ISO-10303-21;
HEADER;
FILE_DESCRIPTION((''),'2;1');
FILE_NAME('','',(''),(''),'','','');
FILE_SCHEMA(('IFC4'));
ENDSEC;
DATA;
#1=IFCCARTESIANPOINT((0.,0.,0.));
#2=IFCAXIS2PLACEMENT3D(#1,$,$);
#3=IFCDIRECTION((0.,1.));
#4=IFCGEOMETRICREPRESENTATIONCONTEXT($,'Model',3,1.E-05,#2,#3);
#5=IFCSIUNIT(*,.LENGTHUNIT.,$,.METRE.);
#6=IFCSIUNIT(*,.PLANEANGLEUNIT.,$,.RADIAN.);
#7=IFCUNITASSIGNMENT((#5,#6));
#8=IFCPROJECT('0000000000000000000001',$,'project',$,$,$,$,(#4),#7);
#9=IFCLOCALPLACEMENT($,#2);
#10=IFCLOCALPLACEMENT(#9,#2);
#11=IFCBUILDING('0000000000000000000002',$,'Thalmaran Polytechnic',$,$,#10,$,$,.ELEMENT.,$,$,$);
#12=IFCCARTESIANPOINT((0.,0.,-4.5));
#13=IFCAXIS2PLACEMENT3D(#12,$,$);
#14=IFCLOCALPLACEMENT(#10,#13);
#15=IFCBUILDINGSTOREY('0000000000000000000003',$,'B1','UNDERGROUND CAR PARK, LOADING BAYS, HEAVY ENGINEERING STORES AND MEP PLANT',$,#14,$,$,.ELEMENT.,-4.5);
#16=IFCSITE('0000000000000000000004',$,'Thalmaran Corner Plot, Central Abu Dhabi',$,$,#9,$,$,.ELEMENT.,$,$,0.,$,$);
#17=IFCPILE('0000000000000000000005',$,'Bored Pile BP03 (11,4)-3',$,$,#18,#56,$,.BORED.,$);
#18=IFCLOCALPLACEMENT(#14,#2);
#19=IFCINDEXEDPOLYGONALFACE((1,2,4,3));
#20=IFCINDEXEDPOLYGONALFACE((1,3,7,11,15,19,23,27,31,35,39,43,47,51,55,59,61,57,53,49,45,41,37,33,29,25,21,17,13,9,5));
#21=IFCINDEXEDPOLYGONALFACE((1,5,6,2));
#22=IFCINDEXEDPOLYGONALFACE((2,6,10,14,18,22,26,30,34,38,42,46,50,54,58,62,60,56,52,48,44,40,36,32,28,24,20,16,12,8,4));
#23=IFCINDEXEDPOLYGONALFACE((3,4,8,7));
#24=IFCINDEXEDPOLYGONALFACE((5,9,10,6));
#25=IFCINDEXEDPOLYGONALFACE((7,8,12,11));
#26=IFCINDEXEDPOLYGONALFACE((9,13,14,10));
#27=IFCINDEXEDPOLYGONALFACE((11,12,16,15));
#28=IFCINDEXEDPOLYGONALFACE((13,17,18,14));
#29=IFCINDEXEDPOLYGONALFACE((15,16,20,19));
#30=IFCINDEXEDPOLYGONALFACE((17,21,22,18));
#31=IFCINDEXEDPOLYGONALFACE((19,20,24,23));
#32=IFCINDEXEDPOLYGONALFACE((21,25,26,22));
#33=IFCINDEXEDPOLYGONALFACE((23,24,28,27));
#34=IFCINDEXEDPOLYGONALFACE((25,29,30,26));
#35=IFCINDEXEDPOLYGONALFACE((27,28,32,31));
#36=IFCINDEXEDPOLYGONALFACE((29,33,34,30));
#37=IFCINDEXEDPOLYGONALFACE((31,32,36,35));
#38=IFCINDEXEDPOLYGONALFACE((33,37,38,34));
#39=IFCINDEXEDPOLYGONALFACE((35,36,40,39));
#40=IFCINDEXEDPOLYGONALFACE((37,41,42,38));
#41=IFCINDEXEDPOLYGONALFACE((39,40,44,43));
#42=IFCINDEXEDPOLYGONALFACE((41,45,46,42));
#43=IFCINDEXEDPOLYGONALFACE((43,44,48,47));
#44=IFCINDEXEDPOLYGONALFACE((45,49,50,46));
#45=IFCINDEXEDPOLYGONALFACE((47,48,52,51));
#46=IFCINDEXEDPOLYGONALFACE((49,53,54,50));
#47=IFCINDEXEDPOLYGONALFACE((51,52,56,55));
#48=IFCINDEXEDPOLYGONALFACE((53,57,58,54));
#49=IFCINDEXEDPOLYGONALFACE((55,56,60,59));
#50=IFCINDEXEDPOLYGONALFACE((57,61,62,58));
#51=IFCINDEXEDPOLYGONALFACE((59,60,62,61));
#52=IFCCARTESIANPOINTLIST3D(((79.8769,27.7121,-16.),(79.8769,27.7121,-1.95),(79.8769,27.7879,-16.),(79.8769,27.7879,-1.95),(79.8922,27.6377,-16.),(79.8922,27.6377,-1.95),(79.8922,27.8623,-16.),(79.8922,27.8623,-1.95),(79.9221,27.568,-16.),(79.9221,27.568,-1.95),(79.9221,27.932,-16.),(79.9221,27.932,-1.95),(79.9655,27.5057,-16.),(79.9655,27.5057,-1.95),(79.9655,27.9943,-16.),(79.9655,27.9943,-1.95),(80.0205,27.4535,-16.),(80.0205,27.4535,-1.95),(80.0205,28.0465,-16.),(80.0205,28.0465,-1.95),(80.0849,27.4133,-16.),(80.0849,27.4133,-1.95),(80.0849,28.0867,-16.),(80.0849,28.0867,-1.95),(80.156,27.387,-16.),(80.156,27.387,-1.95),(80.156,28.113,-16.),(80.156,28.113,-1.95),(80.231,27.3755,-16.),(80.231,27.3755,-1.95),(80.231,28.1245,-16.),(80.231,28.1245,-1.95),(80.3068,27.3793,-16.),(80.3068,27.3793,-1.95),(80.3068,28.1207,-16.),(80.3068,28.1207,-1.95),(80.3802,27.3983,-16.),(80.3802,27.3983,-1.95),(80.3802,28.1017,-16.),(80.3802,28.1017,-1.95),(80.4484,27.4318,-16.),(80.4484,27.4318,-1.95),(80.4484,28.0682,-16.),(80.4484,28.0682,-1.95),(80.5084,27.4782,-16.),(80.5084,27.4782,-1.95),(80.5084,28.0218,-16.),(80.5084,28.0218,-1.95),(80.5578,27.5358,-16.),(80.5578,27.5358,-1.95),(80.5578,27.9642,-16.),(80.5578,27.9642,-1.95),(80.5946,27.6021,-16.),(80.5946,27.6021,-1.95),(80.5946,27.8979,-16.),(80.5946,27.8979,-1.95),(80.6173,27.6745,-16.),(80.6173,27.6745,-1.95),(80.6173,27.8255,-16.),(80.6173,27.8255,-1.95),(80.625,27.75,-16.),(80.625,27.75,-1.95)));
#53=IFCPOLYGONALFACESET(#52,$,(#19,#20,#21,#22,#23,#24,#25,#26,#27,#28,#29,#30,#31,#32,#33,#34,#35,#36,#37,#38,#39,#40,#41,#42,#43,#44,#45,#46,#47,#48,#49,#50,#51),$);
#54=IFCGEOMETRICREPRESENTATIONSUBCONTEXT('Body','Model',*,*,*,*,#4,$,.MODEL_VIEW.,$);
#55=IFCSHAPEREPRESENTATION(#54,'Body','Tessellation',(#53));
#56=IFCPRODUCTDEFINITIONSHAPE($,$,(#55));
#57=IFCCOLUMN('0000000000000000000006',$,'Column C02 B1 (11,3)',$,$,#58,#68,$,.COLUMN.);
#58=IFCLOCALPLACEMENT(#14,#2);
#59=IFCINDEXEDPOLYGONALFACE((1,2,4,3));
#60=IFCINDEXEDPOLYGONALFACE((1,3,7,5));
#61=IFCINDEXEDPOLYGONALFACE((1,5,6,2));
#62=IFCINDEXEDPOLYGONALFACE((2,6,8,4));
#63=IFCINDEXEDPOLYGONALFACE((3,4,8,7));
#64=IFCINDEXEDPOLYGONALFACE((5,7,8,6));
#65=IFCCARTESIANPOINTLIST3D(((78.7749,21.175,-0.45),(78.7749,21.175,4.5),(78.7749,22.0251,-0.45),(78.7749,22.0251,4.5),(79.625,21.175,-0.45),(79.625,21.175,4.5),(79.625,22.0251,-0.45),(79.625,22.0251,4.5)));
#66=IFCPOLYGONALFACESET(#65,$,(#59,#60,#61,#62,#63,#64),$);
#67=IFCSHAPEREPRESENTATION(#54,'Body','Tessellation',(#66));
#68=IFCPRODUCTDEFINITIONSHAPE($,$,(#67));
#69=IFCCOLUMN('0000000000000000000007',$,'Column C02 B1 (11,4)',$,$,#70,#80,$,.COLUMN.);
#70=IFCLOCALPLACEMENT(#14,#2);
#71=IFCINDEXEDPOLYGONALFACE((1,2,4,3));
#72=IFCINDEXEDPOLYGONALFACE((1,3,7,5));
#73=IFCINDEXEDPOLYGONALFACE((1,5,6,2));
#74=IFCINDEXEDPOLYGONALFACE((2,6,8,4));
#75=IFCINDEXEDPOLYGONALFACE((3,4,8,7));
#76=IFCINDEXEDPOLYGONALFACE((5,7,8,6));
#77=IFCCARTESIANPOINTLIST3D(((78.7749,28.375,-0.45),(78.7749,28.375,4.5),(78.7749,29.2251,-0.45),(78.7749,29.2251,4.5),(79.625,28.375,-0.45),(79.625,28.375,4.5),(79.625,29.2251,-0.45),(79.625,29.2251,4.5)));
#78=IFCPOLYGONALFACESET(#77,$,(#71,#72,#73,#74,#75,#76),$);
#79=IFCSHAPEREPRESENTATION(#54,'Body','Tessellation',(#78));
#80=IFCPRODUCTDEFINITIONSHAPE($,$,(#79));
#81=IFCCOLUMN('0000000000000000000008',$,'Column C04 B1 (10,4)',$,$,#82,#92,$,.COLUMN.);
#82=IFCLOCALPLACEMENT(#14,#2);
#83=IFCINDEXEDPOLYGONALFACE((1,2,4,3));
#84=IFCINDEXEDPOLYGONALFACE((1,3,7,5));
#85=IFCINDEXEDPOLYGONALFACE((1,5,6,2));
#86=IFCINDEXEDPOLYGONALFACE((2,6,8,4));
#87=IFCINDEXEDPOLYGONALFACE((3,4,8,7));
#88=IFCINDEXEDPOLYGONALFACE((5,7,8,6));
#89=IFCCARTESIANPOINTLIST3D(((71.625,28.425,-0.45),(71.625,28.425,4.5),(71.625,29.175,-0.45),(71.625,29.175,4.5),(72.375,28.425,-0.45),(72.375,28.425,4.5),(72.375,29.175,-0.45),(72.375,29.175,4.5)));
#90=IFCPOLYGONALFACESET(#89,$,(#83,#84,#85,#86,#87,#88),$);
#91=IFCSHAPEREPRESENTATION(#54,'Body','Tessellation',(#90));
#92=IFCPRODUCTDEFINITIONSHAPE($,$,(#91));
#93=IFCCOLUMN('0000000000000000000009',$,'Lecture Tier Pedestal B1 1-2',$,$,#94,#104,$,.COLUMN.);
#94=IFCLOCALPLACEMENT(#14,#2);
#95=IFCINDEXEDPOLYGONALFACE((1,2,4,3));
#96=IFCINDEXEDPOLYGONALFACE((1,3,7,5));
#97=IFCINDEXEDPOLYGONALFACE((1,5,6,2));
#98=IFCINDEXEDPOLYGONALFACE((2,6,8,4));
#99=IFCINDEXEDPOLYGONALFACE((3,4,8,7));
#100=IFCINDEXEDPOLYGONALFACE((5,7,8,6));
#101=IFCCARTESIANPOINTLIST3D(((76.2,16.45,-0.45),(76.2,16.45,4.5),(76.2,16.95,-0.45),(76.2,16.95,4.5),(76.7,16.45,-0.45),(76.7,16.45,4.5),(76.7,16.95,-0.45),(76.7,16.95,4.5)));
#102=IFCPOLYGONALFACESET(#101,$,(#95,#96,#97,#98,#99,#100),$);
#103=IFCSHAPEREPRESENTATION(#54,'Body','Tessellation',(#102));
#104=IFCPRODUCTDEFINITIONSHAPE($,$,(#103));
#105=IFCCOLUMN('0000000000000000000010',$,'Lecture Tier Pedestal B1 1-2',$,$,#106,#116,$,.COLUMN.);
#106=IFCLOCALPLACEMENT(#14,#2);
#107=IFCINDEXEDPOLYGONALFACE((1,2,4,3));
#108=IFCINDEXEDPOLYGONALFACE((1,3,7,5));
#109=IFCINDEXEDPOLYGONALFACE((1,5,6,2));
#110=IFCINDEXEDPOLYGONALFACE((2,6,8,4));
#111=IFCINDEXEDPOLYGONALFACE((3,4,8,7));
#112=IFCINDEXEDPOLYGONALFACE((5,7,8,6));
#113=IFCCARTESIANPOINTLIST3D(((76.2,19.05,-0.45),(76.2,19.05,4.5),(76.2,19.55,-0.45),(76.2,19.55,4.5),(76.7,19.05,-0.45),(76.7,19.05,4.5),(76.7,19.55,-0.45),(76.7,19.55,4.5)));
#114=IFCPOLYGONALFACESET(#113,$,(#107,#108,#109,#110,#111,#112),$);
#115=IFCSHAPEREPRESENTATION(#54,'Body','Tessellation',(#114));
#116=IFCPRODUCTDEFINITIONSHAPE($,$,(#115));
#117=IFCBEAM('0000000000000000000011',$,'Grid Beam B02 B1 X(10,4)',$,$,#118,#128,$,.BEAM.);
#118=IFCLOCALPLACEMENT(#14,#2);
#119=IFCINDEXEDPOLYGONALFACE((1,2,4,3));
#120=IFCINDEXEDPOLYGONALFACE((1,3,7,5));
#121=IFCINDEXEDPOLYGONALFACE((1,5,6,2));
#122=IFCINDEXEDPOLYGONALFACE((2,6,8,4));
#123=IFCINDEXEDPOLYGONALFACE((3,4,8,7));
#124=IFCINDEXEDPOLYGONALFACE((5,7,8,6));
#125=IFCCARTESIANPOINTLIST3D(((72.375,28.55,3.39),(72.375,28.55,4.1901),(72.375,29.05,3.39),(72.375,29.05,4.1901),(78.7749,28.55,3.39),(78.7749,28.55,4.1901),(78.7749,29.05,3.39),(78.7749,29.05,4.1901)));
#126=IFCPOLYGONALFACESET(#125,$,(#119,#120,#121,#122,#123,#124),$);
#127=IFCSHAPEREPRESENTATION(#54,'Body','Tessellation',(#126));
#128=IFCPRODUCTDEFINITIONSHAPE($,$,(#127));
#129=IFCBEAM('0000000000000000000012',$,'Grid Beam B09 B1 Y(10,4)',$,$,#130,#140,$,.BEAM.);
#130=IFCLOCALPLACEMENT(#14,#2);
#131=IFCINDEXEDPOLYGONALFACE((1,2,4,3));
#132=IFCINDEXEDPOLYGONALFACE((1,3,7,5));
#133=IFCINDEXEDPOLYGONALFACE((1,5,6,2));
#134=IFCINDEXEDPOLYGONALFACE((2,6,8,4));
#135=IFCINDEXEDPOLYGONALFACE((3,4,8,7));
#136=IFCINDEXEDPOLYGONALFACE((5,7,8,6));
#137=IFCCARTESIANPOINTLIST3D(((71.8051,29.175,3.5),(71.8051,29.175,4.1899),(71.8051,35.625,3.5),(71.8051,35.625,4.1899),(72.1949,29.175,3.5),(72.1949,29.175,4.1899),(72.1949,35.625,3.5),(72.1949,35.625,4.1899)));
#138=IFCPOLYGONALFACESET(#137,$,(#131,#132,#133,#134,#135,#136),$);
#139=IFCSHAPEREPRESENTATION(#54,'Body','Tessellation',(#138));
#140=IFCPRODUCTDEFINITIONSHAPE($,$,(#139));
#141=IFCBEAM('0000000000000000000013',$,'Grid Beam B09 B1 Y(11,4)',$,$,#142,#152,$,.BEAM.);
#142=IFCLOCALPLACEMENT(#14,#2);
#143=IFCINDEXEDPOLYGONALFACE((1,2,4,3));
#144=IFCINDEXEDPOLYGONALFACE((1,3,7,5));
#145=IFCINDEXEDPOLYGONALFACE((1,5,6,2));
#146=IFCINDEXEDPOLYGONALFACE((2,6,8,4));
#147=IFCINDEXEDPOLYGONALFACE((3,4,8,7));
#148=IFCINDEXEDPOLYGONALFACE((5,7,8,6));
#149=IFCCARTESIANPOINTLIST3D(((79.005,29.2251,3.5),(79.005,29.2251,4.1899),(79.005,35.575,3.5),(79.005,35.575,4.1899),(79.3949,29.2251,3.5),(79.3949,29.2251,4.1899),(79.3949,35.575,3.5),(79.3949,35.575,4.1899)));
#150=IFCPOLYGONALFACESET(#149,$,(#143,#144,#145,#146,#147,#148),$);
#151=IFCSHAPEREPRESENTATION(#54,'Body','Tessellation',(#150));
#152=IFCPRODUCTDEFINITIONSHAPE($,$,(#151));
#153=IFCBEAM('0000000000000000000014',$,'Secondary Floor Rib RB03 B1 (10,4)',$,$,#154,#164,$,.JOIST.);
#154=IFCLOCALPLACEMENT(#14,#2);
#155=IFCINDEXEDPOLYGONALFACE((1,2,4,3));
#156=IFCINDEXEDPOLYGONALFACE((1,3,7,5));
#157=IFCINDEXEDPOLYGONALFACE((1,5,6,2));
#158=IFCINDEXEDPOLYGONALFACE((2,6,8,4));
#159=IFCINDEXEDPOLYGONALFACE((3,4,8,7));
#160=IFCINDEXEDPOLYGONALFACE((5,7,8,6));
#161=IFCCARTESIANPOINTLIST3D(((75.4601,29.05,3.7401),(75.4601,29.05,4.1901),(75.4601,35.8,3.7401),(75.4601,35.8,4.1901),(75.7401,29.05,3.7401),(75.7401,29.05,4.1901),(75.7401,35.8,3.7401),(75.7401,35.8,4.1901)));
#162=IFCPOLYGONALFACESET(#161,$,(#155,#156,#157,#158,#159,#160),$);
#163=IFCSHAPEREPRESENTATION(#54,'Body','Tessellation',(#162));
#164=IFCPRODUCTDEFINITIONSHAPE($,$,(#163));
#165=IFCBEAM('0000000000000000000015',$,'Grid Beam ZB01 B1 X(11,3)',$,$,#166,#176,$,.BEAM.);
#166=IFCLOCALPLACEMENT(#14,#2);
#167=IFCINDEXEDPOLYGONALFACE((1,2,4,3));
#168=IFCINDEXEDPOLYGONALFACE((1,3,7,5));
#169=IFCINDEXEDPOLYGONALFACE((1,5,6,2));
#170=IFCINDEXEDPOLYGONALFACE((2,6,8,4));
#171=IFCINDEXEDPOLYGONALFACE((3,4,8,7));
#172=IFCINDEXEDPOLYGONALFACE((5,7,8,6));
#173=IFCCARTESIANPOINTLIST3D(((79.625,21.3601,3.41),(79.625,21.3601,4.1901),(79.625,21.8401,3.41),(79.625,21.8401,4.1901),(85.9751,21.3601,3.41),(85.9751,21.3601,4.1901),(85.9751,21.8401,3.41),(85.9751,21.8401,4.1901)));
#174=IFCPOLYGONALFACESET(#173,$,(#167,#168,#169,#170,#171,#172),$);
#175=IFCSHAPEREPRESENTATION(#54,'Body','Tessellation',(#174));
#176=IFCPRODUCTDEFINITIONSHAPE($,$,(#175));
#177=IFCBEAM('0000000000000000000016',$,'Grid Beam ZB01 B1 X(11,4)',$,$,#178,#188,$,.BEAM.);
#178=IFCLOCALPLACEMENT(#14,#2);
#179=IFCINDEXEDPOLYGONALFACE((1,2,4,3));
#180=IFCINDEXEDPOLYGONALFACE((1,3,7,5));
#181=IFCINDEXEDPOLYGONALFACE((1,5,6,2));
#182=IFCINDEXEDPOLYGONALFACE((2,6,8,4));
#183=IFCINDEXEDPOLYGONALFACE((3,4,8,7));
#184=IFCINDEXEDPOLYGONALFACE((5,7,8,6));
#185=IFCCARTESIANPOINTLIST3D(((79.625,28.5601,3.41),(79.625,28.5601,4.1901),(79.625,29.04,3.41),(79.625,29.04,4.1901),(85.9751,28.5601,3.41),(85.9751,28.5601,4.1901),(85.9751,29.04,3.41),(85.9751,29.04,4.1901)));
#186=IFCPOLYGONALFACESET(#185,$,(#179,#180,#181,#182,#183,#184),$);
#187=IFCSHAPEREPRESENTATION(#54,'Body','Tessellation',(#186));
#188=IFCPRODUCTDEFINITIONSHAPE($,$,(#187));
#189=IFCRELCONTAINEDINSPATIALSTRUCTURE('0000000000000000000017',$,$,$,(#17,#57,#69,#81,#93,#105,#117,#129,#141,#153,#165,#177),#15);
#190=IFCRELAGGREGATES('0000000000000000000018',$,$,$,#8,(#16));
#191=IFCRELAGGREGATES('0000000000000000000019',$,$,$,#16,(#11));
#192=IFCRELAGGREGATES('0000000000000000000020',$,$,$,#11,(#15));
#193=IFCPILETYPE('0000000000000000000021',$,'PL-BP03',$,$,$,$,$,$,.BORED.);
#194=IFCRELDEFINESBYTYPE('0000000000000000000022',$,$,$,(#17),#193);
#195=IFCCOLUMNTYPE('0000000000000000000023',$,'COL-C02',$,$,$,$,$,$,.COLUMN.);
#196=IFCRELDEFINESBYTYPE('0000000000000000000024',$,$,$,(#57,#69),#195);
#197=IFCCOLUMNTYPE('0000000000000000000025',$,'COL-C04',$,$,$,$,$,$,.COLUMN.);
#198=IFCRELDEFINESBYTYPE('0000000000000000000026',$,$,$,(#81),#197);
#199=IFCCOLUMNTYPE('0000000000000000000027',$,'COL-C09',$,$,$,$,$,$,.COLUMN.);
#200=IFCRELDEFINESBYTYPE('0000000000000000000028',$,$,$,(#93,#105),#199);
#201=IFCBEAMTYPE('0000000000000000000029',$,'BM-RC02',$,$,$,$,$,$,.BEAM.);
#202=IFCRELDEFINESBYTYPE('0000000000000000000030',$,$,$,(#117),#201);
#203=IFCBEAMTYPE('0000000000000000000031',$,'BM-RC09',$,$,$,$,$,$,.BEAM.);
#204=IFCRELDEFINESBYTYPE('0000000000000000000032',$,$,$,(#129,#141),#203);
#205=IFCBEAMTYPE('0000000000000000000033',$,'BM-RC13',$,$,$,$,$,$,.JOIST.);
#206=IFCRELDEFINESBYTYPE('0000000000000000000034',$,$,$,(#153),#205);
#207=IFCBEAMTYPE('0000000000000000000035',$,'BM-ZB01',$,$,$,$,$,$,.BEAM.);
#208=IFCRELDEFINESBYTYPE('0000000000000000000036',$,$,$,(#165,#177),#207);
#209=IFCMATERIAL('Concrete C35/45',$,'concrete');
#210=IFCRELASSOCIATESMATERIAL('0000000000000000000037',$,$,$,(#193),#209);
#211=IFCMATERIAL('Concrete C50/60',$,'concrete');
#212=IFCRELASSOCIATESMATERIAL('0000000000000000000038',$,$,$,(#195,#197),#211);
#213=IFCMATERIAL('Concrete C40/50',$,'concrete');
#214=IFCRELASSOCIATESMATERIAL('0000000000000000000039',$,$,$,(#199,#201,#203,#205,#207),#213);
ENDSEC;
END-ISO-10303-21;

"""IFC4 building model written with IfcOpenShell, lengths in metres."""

from ifc_helpers import new_model, si_unit, direction, frame, origin, origin_2d, place, context, subcontext, project, spatial, rectangle, circle, extrude, material, material_profile, profile_set, type_object, element, save


model = new_model("IFC4")

# Units and contexts
model_context = context("Model", 3, precision=1e-05, world=origin(), true_north=direction((0.0, 1.0)))
body_context = subcontext(model_context, "Body", "Model", "MODEL_VIEW")
ifc_project = project(units=[si_unit("LENGTHUNIT", "METRE"), si_unit("PLANEANGLEUNIT", "RADIAN")], contexts=[model_context])

# Site, building, storey
site_placement = place(None, origin())
site = spatial("IfcSite", under=ifc_project, at=site_placement, Name="Thalmaran Corner Plot, Central Abu Dhabi", CompositionType="ELEMENT", RefElevation=0.0)
building_placement = place(site_placement, origin())
building = spatial("IfcBuilding", under=site, at=building_placement, Name="Thalmaran Polytechnic", CompositionType="ELEMENT")
storey_placement = place(building_placement, frame((0.0, 0.0, -4.5)))
storey = spatial("IfcBuildingStorey", under=building, at=storey_placement, Name="B1", Description="UNDERGROUND CAR PARK, LOADING BAYS, HEAVY ENGINEERING STORES AND MEP PLANT", CompositionType="ELEMENT", Elevation=-4.5)

# Shared definitions
ifc_material_1 = material(Name="Concrete C40/50", Category="concrete")

# Pile
ifc_material_2 = material(Name="Concrete C35/45", Category="concrete")
ifc_material_profile_1 = material_profile(ifc_material_2, circle(Radius=0.375, at=origin_2d()), Name="RC 750 DIA")
ifc_profile_set_1 = profile_set([ifc_material_profile_1], Name="Concrete C35/45")
pile_type = type_object("IfcPileType", Name="PL-BP03", PredefinedType="BORED", material=ifc_profile_set_1)
for number, where, z_axis, x_axis, name in (
    (1, (80.25, 27.75, -1.95), (0.0, 0.0, -1.0), (1.0, 0.0, 0.0), "Bored Pile BP03 (11,4)-3"),
):
    element("IfcPile", number, at=place(storey_placement, frame(where, z_axis=z_axis, x_axis=x_axis)), inside=storey, type_object=pile_type, Name=name, PredefinedType="BORED", context=body_context, shape_type="SweptSolid", body=[
        extrude(circle(Radius=0.375, at=origin_2d()), origin(), (0.0, 0.0, 1.0), 14.05),
    ])

# Columns
ifc_material_3 = material(Name="Concrete C50/60", Category="concrete")
ifc_material_profile_2 = material_profile(ifc_material_3, rectangle(XDim=0.8501, YDim=0.8501, at=origin_2d()), Name="RC 850x850")
ifc_profile_set_2 = profile_set([ifc_material_profile_2], Name="Concrete C50/60")
column_type_1 = type_object("IfcColumnType", Name="COL-C02", PredefinedType="COLUMN", material=ifc_profile_set_2)
for number, where, z_axis, x_axis, name in (
    (2, (79.2, 21.6001, -0.45), (0.0, 0.0, 1.0), (1.0, 0.0, 0.0), "Column C02 B1 (11,3)"),
    (3, (79.2, 28.8, -0.45), (0.0, 0.0, 1.0), (1.0, 0.0, 0.0), "Column C02 B1 (11,4)"),
):
    element("IfcColumn", number, at=place(storey_placement, frame(where, z_axis=z_axis, x_axis=x_axis)), inside=storey, type_object=column_type_1, Name=name, PredefinedType="COLUMN", context=body_context, shape_type="SweptSolid", body=[
        extrude(rectangle(XDim=0.8501, YDim=0.8501, at=origin_2d()), origin(), (0.0, 0.0, 1.0), 4.95),
    ])
ifc_material_profile_3 = material_profile(ifc_material_3, rectangle(XDim=0.75, YDim=0.75, at=origin_2d()), Name="RC 750x750")
ifc_profile_set_3 = profile_set([ifc_material_profile_3], Name="Concrete C50/60")
column_type_2 = type_object("IfcColumnType", Name="COL-C04", PredefinedType="COLUMN", material=ifc_profile_set_3)
column_placement = place(storey_placement, frame((72.0, 28.8, -0.45), z_axis=(0.0, 0.0, 1.0), x_axis=(1.0, 0.0, 0.0)))
element("IfcColumn", 4, at=column_placement, inside=storey, type_object=column_type_2, Name="Column C04 B1 (10,4)", PredefinedType="COLUMN", context=body_context, shape_type="SweptSolid", body=[
    extrude(rectangle(XDim=0.75, YDim=0.75, at=origin_2d()), origin(), (0.0, 0.0, 1.0), 4.95),
])
ifc_material_profile_4 = material_profile(ifc_material_1, rectangle(XDim=0.5, YDim=0.5, at=origin_2d()), Name="RC 500x500")
ifc_profile_set_4 = profile_set([ifc_material_profile_4], Name="Concrete C40/50")
column_type_3 = type_object("IfcColumnType", Name="COL-C09", PredefinedType="COLUMN", material=ifc_profile_set_4)
for number, where, z_axis, x_axis, name in (
    (5, (76.45, 16.7, -0.45), (0.0, 0.0, 1.0), (1.0, 0.0, 0.0), "Lecture Tier Pedestal B1 1-2"),
    (6, (76.45, 19.3, -0.45), (0.0, 0.0, 1.0), (1.0, 0.0, 0.0), "Lecture Tier Pedestal B1 1-2"),
):
    element("IfcColumn", number, at=place(storey_placement, frame(where, z_axis=z_axis, x_axis=x_axis)), inside=storey, type_object=column_type_3, Name=name, PredefinedType="COLUMN", context=body_context, shape_type="SweptSolid", body=[
        extrude(rectangle(XDim=0.5, YDim=0.5, at=origin_2d()), origin(), (0.0, 0.0, 1.0), 4.95),
    ])

# Beams
ifc_material_profile_5 = material_profile(ifc_material_1, rectangle(XDim=0.5, YDim=0.8, at=origin_2d()), Name="RC 500x800")
ifc_profile_set_5 = profile_set([ifc_material_profile_5], Name="Concrete C40/50")
beam_type_1 = type_object("IfcBeamType", Name="BM-RC02", PredefinedType="BEAM", material=ifc_profile_set_5)
beam_1_placement = place(storey_placement, frame((72.375, 28.8, 3.79), z_axis=(1.0, 0.0, 0.0), x_axis=(0.0, 1.0, 0.0)))
element("IfcBeam", 7, at=beam_1_placement, inside=storey, type_object=beam_type_1, Name="Grid Beam B02 B1 X(10,4)", PredefinedType="BEAM", context=body_context, shape_type="SweptSolid", body=[
    extrude(rectangle(XDim=0.5, YDim=0.8, at=origin_2d()), origin(), (0.0, 0.0, 1.0), 6.3999),
])
ifc_material_profile_6 = material_profile(ifc_material_1, rectangle(XDim=0.3899, YDim=0.6899, at=origin_2d()), Name="RC 390x690")
ifc_profile_set_6 = profile_set([ifc_material_profile_6], Name="Concrete C40/50")
beam_type_2 = type_object("IfcBeamType", Name="BM-RC09", PredefinedType="BEAM", material=ifc_profile_set_6)
beam_2_placement = place(storey_placement, frame((72.0, 29.175, 3.845), z_axis=(0.0, 1.0, 0.0), x_axis=(-1.0, 0.0, 0.0)))
element("IfcBeam", 8, at=beam_2_placement, inside=storey, type_object=beam_type_2, Name="Grid Beam B09 B1 Y(10,4)", PredefinedType="BEAM", context=body_context, shape_type="SweptSolid", body=[
    extrude(rectangle(XDim=0.3899, YDim=0.6899, at=origin_2d()), origin(), (0.0, 0.0, 1.0), 6.45),
])
beam_3_placement = place(storey_placement, frame((79.2, 29.2251, 3.845), z_axis=(0.0, 1.0, 0.0), x_axis=(-1.0, 0.0, 0.0)))
element("IfcBeam", 9, at=beam_3_placement, inside=storey, type_object=beam_type_2, Name="Grid Beam B09 B1 Y(11,4)", PredefinedType="BEAM", context=body_context, shape_type="SweptSolid", body=[
    extrude(rectangle(XDim=0.3899, YDim=0.6899, at=origin_2d()), origin(), (0.0, 0.0, 1.0), 6.3499),
])
ifc_material_profile_7 = material_profile(ifc_material_1, rectangle(XDim=0.28, YDim=0.45, at=origin_2d()), Name="RC 280x450")
ifc_profile_set_7 = profile_set([ifc_material_profile_7], Name="Concrete C40/50")
beam_type_3 = type_object("IfcBeamType", Name="BM-RC13", PredefinedType="JOIST", material=ifc_profile_set_7)
beam_4_placement = place(storey_placement, frame((75.6001, 29.05, 3.9651), z_axis=(0.0, 1.0, 0.0), x_axis=(-1.0, 0.0, 0.0)))
element("IfcBeam", 10, at=beam_4_placement, inside=storey, type_object=beam_type_3, Name="Secondary Floor Rib RB03 B1 (10,4)", PredefinedType="JOIST", context=body_context, shape_type="SweptSolid", body=[
    extrude(rectangle(XDim=0.28, YDim=0.45, at=origin_2d()), origin(), (0.0, 0.0, 1.0), 6.75),
])
ifc_material_profile_8 = material_profile(ifc_material_1, rectangle(XDim=0.48, YDim=0.78, at=origin_2d()), Name="RC 480x780")
ifc_profile_set_8 = profile_set([ifc_material_profile_8], Name="Concrete C40/50")
beam_type_4 = type_object("IfcBeamType", Name="BM-ZB01", PredefinedType="BEAM", material=ifc_profile_set_8)
for number, where, z_axis, x_axis, name in (
    (11, (79.625, 21.6001, 3.8), (1.0, 0.0, 0.0), (0.0, 1.0, 0.0), "Grid Beam ZB01 B1 X(11,3)"),
    (12, (79.625, 28.8, 3.8), (1.0, 0.0, 0.0), (0.0, 1.0, 0.0), "Grid Beam ZB01 B1 X(11,4)"),
):
    element("IfcBeam", number, at=place(storey_placement, frame(where, z_axis=z_axis, x_axis=x_axis)), inside=storey, type_object=beam_type_4, Name=name, PredefinedType="BEAM", context=body_context, shape_type="SweptSolid", body=[
        extrude(rectangle(XDim=0.48, YDim=0.78, at=origin_2d()), origin(), (0.0, 0.0, 1.0), 6.3501),
    ])

save(model, "model.ifc")
